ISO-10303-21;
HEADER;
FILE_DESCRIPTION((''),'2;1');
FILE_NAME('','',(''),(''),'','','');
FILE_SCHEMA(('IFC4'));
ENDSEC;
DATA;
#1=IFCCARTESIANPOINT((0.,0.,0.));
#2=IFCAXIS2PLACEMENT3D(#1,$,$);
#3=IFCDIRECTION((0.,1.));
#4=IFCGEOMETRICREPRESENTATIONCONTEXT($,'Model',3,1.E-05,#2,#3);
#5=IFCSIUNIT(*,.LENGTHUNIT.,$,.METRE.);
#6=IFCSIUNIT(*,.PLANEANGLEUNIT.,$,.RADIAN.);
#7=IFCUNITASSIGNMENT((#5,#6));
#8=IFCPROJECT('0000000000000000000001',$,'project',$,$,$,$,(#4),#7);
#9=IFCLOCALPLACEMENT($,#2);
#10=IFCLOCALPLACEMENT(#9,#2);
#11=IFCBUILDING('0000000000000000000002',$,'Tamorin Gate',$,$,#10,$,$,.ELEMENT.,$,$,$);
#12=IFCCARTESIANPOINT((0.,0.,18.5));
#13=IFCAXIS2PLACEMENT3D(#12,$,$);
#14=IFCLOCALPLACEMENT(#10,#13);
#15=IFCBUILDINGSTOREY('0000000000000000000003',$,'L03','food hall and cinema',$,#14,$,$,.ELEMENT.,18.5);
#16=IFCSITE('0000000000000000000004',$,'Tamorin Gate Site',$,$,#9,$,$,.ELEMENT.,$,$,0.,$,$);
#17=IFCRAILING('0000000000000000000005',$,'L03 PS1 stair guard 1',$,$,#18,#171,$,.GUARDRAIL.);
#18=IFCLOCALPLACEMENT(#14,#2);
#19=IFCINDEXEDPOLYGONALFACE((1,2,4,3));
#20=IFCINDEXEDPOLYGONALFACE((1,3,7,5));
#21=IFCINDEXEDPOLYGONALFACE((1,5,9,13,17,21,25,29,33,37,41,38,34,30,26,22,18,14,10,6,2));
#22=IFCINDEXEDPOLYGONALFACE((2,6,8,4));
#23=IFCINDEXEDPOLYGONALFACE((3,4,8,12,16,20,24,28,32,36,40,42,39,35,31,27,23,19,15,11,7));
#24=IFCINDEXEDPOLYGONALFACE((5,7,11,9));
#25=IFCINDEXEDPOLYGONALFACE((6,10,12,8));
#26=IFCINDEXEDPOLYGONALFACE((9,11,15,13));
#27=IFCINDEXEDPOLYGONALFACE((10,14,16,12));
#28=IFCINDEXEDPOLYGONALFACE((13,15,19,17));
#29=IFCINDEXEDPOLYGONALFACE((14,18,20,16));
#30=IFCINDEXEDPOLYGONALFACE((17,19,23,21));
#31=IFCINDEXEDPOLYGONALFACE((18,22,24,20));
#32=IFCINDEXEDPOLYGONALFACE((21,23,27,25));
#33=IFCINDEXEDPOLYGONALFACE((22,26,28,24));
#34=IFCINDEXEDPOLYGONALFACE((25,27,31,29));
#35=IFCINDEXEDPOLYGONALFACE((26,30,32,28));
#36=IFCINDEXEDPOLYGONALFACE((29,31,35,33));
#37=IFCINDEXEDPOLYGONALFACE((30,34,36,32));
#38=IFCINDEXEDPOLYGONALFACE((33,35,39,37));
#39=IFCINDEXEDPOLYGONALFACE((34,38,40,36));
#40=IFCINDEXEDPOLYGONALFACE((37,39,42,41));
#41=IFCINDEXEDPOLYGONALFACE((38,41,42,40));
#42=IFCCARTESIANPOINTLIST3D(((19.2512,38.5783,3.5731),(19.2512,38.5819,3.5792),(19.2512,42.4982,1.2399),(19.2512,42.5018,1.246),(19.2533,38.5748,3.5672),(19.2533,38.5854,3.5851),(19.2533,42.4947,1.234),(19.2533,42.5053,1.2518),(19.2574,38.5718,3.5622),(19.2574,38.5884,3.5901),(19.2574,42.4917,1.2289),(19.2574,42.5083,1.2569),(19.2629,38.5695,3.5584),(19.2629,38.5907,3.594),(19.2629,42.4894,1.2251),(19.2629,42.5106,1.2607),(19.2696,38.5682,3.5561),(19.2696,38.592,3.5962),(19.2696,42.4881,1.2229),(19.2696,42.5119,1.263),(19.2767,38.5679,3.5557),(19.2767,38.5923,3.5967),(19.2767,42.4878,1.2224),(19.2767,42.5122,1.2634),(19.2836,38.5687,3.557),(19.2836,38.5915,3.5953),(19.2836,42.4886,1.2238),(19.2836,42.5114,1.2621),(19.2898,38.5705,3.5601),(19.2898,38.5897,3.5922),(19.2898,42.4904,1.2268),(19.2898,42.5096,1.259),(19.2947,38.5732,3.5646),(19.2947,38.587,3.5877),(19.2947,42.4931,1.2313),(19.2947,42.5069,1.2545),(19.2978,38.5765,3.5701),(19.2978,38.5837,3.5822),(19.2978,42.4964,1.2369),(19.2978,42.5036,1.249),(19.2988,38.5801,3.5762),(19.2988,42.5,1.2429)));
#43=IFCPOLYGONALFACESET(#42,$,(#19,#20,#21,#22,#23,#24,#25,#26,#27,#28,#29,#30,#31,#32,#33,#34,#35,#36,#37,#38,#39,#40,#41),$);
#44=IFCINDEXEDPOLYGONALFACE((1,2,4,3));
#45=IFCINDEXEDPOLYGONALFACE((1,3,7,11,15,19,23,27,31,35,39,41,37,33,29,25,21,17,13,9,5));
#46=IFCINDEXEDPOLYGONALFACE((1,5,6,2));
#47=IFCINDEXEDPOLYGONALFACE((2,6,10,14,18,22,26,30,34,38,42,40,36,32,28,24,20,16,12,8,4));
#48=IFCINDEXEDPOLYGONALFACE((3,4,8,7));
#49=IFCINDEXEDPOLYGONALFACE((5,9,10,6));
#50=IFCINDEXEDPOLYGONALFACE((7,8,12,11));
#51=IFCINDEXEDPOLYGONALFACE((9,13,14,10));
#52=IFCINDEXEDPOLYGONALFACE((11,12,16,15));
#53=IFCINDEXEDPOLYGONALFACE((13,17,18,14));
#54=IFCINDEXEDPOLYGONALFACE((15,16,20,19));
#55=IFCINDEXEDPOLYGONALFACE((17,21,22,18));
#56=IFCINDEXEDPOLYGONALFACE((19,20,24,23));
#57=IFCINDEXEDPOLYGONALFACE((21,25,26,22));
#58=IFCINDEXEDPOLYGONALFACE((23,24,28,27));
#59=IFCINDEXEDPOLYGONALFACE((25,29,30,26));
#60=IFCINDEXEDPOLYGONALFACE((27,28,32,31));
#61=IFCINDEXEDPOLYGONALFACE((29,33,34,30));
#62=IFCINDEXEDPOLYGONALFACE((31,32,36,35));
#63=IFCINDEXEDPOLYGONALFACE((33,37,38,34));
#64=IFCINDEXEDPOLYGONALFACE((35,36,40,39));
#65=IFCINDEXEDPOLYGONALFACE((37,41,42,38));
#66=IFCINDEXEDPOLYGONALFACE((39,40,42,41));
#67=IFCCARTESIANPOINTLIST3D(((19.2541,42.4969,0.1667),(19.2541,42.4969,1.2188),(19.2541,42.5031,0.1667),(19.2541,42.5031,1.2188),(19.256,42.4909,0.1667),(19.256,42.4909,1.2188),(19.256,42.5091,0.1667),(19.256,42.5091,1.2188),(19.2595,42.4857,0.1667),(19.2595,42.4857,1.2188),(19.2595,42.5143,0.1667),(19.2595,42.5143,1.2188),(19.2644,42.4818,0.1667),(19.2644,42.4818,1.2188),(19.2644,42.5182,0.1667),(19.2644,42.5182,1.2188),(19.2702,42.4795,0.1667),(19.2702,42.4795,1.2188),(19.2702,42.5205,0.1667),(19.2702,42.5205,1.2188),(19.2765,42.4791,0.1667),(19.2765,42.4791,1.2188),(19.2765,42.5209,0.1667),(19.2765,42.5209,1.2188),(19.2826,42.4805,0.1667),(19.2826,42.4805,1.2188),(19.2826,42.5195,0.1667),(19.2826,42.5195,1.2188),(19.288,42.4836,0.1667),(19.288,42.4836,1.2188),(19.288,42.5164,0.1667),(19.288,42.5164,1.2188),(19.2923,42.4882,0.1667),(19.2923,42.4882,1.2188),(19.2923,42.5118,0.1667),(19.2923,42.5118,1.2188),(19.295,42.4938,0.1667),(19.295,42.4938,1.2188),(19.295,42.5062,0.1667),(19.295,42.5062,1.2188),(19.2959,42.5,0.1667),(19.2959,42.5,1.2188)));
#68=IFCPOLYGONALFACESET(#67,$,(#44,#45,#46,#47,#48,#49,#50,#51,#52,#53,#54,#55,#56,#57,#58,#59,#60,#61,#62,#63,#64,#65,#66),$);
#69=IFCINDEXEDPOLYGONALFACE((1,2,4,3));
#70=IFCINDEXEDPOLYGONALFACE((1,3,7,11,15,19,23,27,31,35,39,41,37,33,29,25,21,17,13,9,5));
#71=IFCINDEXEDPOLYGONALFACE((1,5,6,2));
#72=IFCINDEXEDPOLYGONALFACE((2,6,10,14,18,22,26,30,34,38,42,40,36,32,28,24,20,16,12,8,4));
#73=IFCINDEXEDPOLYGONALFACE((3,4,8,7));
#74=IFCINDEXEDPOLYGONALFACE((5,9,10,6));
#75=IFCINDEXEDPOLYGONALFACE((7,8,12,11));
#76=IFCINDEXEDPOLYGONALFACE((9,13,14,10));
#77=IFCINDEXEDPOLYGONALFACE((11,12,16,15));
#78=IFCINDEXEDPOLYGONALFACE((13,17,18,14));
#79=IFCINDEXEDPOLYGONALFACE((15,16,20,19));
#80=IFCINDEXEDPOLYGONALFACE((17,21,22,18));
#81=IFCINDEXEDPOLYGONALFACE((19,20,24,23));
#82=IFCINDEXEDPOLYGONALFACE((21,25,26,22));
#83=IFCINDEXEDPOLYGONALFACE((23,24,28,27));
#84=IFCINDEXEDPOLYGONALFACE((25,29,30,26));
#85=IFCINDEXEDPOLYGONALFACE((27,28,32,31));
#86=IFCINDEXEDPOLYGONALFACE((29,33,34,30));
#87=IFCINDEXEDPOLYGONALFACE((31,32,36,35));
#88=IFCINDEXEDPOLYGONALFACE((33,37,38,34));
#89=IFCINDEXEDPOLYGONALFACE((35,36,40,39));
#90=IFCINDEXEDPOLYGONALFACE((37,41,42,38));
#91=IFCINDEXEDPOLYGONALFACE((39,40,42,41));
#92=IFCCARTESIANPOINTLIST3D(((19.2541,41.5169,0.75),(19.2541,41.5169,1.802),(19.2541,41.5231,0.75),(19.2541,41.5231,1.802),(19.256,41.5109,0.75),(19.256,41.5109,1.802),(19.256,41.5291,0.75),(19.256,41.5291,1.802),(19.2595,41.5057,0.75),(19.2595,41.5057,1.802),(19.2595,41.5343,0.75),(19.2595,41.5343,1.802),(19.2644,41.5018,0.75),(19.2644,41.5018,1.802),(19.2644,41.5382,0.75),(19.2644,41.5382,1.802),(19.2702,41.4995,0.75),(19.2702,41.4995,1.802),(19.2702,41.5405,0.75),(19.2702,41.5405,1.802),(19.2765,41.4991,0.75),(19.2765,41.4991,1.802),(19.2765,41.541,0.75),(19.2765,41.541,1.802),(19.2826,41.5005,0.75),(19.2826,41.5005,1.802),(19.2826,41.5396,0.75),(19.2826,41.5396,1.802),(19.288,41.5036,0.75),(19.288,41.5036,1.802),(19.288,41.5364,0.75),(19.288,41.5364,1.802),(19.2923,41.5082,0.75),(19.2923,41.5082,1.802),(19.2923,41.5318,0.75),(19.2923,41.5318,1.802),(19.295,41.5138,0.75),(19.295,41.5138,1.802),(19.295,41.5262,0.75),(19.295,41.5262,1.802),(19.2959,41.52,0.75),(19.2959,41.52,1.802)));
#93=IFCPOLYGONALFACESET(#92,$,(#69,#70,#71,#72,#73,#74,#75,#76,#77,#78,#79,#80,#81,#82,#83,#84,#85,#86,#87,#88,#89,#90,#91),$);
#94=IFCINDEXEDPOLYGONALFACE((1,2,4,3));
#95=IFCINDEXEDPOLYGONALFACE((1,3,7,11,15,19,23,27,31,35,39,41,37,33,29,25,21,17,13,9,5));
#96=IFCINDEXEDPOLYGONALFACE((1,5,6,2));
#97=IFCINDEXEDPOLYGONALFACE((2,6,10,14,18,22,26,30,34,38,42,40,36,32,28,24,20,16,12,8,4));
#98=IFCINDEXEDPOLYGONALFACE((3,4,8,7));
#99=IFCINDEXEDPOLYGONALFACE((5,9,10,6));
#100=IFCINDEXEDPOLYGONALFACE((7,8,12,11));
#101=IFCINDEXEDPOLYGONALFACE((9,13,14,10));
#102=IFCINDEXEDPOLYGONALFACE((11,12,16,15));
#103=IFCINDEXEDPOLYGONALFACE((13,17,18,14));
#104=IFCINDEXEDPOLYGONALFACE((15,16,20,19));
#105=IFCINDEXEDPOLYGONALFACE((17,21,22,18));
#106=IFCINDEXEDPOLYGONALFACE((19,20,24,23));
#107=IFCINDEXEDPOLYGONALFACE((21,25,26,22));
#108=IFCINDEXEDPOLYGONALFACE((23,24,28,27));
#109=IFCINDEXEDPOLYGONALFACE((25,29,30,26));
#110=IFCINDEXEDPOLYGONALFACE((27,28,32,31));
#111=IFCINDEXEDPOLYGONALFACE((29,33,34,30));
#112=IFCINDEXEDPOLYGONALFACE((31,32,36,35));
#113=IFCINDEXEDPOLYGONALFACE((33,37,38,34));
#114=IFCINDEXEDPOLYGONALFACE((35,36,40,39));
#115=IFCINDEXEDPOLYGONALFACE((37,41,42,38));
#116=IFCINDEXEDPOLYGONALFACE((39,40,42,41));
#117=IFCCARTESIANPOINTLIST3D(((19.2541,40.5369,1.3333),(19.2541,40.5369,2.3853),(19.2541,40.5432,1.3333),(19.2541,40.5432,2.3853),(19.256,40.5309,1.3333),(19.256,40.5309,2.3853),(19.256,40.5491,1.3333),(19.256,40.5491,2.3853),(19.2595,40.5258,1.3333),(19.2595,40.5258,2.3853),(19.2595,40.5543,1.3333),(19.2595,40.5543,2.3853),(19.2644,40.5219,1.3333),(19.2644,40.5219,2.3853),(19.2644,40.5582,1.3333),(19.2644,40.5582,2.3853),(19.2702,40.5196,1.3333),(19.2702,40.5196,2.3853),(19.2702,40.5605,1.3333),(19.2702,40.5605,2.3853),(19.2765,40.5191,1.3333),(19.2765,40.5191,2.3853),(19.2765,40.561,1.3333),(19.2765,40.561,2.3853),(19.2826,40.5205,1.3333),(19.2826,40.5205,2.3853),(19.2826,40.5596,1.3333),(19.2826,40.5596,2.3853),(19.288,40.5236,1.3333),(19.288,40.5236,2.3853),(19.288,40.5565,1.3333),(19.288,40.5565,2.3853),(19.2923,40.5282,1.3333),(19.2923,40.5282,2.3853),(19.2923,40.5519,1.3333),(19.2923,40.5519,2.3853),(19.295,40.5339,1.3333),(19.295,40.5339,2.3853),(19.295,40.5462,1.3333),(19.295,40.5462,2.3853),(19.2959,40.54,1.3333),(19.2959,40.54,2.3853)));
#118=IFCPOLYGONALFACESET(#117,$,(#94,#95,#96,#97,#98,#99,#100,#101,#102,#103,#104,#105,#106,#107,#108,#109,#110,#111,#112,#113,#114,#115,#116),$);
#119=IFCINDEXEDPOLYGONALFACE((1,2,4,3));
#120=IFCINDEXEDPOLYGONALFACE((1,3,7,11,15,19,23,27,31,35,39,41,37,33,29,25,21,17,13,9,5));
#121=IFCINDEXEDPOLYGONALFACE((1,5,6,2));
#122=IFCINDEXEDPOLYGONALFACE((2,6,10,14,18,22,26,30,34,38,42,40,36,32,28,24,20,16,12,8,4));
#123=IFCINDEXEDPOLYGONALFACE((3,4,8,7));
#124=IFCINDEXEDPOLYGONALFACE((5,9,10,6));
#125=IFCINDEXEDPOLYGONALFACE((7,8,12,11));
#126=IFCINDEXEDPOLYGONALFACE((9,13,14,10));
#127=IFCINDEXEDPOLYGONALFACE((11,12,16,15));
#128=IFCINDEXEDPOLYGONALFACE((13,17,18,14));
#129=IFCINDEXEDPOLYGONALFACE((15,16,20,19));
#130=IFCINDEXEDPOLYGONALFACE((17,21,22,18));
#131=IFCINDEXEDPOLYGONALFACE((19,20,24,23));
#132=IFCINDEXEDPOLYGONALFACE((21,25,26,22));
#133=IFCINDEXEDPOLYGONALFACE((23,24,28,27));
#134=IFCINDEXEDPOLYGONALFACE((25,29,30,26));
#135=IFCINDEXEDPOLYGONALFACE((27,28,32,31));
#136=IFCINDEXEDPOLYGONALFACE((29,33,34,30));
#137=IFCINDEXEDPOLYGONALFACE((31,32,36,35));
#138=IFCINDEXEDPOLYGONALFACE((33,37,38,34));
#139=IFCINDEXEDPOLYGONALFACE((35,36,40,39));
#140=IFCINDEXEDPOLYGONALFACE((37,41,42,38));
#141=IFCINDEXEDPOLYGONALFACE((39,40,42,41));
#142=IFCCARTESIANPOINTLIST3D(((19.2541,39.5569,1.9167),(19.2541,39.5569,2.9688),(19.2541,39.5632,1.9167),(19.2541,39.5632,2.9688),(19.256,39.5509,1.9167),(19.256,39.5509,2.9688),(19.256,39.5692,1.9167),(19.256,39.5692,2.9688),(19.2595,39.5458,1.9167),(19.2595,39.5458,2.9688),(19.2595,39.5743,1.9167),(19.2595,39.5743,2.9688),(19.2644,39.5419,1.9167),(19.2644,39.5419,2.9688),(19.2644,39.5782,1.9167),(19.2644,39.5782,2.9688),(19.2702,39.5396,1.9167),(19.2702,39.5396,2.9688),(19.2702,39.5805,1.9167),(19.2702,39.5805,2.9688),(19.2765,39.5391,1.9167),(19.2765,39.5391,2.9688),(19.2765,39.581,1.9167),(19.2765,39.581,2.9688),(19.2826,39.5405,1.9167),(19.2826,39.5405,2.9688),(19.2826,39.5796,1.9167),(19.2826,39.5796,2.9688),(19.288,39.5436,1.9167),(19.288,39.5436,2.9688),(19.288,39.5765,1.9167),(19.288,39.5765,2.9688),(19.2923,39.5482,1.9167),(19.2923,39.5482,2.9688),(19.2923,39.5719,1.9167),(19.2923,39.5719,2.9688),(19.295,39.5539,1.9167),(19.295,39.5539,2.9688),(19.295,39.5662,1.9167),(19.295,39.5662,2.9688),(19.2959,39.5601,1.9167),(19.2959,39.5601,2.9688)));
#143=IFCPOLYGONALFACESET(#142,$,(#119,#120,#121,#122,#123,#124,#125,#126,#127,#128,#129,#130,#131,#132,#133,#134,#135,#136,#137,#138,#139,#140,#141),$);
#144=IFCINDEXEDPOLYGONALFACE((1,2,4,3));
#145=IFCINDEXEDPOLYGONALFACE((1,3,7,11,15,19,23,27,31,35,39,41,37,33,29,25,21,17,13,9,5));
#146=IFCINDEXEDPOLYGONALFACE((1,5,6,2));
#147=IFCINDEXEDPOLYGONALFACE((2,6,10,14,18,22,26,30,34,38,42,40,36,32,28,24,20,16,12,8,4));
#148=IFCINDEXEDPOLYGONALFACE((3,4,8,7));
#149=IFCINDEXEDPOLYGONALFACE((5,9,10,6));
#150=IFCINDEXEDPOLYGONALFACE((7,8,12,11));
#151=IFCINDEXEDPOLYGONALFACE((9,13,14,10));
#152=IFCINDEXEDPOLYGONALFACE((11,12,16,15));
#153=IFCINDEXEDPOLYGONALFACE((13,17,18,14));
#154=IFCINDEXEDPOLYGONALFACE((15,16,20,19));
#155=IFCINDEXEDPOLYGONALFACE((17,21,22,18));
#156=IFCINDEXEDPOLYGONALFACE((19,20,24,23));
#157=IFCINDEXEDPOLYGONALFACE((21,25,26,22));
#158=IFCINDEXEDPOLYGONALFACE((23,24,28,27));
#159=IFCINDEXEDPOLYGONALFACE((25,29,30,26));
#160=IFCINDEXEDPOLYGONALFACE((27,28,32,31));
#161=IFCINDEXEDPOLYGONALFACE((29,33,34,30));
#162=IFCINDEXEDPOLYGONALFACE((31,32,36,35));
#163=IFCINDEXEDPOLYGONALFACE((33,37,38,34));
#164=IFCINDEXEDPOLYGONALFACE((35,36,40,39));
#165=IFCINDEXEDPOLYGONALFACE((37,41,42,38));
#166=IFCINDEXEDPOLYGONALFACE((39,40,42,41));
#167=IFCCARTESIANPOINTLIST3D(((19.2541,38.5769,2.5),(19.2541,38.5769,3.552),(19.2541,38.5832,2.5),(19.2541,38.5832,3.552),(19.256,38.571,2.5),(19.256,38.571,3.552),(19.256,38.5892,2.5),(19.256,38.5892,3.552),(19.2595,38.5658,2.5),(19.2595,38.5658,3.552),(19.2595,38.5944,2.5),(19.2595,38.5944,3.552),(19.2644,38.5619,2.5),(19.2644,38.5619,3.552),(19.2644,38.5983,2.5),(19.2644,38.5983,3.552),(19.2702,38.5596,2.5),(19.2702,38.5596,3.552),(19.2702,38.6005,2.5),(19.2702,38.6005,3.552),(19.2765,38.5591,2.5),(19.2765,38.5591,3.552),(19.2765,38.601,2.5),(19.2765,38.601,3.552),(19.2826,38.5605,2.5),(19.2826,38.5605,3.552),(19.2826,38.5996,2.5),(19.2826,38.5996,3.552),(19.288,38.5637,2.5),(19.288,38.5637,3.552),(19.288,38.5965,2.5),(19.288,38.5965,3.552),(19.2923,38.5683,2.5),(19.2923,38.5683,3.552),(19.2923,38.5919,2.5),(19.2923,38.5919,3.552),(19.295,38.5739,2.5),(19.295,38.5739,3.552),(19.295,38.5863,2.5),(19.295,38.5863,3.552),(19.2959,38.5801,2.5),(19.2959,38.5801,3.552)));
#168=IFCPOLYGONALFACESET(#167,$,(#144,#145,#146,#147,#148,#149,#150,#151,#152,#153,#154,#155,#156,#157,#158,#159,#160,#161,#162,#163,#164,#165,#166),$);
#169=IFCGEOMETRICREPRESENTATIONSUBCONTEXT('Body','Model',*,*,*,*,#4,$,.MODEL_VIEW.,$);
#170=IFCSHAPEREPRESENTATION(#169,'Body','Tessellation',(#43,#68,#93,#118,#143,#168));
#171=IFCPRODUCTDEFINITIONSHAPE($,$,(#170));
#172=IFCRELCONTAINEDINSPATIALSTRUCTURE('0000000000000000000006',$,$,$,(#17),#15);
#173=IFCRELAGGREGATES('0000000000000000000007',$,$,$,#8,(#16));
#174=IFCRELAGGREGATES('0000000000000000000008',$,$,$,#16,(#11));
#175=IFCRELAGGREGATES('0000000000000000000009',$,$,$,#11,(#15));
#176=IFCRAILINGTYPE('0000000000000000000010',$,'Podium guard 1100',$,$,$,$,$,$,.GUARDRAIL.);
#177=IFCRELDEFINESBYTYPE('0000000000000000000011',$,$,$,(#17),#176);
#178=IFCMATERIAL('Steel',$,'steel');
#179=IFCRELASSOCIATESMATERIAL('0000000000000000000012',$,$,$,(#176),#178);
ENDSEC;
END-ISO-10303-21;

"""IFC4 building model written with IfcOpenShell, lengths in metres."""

from ifc_helpers import new_model, si_unit, direction, frame, origin, origin_2d, place, context, subcontext, project, spatial, circle, extrude, material, type_object, element, save


model = new_model("IFC4")

# Units and contexts
model_context = context("Model", 3, precision=1e-05, world=origin(), true_north=direction((0.0, 1.0)))
body_context = subcontext(model_context, "Body", "Model", "MODEL_VIEW")
ifc_project = project(units=[si_unit("LENGTHUNIT", "METRE"), si_unit("PLANEANGLEUNIT", "RADIAN")], contexts=[model_context])

# Site, building, storey
site_placement = place(None, origin())
site = spatial("IfcSite", under=ifc_project, at=site_placement, Name="Tamorin Gate Site", CompositionType="ELEMENT", RefElevation=0.0)
building_placement = place(site_placement, origin())
building = spatial("IfcBuilding", under=site, at=building_placement, Name="Tamorin Gate", CompositionType="ELEMENT")
storey_placement = place(building_placement, frame((0.0, 0.0, 18.5)))
storey = spatial("IfcBuildingStorey", under=building, at=storey_placement, Name="L03", Description="food hall and cinema", CompositionType="ELEMENT", Elevation=18.5)

# Railing
ifc_material_1 = material(Name="Steel", Category="steel")
railing_type_1 = type_object("IfcRailingType", Name="Podium guard 1100", PredefinedType="GUARDRAIL", material=ifc_material_1)
railing_1_placement = place(storey_placement, frame((19.2749, 42.5, 0.1667)))
element("IfcRailing", 1, at=railing_1_placement, inside=storey, type_object=railing_type_1, Name="L03 PS1 stair guard 1", PredefinedType="GUARDRAIL", context=body_context, shape_type="SweptSolid", body=[
    extrude(circle(Radius=0.0239, at=origin_2d()), frame((0.0, 0.0, 1.0762), z_axis=(0.0, -0.859296, 0.511478), x_axis=(1.0, 0.0, 0.0)), (0.0, 0.0, 1.0), 4.5618),
    extrude(circle(Radius=0.021, at=origin_2d()), origin(), (0.0, 0.0, 1.0), 1.052),
    extrude(circle(Radius=0.021, at=origin_2d()), frame((0.0, -0.98, 0.5833)), (0.0, 0.0, 1.0), 1.052),
    extrude(circle(Radius=0.021, at=origin_2d()), frame((0.0, -1.96, 1.1665)), (0.0, 0.0, 1.0), 1.052),
    extrude(circle(Radius=0.021, at=origin_2d()), frame((0.0, -2.9399, 1.75)), (0.0, 0.0, 1.0), 1.052),
    extrude(circle(Radius=0.021, at=origin_2d()), frame((0.0, -3.9199, 2.3333)), (0.0, 0.0, 1.0), 1.052),
])

save(model, "model.ifc")
